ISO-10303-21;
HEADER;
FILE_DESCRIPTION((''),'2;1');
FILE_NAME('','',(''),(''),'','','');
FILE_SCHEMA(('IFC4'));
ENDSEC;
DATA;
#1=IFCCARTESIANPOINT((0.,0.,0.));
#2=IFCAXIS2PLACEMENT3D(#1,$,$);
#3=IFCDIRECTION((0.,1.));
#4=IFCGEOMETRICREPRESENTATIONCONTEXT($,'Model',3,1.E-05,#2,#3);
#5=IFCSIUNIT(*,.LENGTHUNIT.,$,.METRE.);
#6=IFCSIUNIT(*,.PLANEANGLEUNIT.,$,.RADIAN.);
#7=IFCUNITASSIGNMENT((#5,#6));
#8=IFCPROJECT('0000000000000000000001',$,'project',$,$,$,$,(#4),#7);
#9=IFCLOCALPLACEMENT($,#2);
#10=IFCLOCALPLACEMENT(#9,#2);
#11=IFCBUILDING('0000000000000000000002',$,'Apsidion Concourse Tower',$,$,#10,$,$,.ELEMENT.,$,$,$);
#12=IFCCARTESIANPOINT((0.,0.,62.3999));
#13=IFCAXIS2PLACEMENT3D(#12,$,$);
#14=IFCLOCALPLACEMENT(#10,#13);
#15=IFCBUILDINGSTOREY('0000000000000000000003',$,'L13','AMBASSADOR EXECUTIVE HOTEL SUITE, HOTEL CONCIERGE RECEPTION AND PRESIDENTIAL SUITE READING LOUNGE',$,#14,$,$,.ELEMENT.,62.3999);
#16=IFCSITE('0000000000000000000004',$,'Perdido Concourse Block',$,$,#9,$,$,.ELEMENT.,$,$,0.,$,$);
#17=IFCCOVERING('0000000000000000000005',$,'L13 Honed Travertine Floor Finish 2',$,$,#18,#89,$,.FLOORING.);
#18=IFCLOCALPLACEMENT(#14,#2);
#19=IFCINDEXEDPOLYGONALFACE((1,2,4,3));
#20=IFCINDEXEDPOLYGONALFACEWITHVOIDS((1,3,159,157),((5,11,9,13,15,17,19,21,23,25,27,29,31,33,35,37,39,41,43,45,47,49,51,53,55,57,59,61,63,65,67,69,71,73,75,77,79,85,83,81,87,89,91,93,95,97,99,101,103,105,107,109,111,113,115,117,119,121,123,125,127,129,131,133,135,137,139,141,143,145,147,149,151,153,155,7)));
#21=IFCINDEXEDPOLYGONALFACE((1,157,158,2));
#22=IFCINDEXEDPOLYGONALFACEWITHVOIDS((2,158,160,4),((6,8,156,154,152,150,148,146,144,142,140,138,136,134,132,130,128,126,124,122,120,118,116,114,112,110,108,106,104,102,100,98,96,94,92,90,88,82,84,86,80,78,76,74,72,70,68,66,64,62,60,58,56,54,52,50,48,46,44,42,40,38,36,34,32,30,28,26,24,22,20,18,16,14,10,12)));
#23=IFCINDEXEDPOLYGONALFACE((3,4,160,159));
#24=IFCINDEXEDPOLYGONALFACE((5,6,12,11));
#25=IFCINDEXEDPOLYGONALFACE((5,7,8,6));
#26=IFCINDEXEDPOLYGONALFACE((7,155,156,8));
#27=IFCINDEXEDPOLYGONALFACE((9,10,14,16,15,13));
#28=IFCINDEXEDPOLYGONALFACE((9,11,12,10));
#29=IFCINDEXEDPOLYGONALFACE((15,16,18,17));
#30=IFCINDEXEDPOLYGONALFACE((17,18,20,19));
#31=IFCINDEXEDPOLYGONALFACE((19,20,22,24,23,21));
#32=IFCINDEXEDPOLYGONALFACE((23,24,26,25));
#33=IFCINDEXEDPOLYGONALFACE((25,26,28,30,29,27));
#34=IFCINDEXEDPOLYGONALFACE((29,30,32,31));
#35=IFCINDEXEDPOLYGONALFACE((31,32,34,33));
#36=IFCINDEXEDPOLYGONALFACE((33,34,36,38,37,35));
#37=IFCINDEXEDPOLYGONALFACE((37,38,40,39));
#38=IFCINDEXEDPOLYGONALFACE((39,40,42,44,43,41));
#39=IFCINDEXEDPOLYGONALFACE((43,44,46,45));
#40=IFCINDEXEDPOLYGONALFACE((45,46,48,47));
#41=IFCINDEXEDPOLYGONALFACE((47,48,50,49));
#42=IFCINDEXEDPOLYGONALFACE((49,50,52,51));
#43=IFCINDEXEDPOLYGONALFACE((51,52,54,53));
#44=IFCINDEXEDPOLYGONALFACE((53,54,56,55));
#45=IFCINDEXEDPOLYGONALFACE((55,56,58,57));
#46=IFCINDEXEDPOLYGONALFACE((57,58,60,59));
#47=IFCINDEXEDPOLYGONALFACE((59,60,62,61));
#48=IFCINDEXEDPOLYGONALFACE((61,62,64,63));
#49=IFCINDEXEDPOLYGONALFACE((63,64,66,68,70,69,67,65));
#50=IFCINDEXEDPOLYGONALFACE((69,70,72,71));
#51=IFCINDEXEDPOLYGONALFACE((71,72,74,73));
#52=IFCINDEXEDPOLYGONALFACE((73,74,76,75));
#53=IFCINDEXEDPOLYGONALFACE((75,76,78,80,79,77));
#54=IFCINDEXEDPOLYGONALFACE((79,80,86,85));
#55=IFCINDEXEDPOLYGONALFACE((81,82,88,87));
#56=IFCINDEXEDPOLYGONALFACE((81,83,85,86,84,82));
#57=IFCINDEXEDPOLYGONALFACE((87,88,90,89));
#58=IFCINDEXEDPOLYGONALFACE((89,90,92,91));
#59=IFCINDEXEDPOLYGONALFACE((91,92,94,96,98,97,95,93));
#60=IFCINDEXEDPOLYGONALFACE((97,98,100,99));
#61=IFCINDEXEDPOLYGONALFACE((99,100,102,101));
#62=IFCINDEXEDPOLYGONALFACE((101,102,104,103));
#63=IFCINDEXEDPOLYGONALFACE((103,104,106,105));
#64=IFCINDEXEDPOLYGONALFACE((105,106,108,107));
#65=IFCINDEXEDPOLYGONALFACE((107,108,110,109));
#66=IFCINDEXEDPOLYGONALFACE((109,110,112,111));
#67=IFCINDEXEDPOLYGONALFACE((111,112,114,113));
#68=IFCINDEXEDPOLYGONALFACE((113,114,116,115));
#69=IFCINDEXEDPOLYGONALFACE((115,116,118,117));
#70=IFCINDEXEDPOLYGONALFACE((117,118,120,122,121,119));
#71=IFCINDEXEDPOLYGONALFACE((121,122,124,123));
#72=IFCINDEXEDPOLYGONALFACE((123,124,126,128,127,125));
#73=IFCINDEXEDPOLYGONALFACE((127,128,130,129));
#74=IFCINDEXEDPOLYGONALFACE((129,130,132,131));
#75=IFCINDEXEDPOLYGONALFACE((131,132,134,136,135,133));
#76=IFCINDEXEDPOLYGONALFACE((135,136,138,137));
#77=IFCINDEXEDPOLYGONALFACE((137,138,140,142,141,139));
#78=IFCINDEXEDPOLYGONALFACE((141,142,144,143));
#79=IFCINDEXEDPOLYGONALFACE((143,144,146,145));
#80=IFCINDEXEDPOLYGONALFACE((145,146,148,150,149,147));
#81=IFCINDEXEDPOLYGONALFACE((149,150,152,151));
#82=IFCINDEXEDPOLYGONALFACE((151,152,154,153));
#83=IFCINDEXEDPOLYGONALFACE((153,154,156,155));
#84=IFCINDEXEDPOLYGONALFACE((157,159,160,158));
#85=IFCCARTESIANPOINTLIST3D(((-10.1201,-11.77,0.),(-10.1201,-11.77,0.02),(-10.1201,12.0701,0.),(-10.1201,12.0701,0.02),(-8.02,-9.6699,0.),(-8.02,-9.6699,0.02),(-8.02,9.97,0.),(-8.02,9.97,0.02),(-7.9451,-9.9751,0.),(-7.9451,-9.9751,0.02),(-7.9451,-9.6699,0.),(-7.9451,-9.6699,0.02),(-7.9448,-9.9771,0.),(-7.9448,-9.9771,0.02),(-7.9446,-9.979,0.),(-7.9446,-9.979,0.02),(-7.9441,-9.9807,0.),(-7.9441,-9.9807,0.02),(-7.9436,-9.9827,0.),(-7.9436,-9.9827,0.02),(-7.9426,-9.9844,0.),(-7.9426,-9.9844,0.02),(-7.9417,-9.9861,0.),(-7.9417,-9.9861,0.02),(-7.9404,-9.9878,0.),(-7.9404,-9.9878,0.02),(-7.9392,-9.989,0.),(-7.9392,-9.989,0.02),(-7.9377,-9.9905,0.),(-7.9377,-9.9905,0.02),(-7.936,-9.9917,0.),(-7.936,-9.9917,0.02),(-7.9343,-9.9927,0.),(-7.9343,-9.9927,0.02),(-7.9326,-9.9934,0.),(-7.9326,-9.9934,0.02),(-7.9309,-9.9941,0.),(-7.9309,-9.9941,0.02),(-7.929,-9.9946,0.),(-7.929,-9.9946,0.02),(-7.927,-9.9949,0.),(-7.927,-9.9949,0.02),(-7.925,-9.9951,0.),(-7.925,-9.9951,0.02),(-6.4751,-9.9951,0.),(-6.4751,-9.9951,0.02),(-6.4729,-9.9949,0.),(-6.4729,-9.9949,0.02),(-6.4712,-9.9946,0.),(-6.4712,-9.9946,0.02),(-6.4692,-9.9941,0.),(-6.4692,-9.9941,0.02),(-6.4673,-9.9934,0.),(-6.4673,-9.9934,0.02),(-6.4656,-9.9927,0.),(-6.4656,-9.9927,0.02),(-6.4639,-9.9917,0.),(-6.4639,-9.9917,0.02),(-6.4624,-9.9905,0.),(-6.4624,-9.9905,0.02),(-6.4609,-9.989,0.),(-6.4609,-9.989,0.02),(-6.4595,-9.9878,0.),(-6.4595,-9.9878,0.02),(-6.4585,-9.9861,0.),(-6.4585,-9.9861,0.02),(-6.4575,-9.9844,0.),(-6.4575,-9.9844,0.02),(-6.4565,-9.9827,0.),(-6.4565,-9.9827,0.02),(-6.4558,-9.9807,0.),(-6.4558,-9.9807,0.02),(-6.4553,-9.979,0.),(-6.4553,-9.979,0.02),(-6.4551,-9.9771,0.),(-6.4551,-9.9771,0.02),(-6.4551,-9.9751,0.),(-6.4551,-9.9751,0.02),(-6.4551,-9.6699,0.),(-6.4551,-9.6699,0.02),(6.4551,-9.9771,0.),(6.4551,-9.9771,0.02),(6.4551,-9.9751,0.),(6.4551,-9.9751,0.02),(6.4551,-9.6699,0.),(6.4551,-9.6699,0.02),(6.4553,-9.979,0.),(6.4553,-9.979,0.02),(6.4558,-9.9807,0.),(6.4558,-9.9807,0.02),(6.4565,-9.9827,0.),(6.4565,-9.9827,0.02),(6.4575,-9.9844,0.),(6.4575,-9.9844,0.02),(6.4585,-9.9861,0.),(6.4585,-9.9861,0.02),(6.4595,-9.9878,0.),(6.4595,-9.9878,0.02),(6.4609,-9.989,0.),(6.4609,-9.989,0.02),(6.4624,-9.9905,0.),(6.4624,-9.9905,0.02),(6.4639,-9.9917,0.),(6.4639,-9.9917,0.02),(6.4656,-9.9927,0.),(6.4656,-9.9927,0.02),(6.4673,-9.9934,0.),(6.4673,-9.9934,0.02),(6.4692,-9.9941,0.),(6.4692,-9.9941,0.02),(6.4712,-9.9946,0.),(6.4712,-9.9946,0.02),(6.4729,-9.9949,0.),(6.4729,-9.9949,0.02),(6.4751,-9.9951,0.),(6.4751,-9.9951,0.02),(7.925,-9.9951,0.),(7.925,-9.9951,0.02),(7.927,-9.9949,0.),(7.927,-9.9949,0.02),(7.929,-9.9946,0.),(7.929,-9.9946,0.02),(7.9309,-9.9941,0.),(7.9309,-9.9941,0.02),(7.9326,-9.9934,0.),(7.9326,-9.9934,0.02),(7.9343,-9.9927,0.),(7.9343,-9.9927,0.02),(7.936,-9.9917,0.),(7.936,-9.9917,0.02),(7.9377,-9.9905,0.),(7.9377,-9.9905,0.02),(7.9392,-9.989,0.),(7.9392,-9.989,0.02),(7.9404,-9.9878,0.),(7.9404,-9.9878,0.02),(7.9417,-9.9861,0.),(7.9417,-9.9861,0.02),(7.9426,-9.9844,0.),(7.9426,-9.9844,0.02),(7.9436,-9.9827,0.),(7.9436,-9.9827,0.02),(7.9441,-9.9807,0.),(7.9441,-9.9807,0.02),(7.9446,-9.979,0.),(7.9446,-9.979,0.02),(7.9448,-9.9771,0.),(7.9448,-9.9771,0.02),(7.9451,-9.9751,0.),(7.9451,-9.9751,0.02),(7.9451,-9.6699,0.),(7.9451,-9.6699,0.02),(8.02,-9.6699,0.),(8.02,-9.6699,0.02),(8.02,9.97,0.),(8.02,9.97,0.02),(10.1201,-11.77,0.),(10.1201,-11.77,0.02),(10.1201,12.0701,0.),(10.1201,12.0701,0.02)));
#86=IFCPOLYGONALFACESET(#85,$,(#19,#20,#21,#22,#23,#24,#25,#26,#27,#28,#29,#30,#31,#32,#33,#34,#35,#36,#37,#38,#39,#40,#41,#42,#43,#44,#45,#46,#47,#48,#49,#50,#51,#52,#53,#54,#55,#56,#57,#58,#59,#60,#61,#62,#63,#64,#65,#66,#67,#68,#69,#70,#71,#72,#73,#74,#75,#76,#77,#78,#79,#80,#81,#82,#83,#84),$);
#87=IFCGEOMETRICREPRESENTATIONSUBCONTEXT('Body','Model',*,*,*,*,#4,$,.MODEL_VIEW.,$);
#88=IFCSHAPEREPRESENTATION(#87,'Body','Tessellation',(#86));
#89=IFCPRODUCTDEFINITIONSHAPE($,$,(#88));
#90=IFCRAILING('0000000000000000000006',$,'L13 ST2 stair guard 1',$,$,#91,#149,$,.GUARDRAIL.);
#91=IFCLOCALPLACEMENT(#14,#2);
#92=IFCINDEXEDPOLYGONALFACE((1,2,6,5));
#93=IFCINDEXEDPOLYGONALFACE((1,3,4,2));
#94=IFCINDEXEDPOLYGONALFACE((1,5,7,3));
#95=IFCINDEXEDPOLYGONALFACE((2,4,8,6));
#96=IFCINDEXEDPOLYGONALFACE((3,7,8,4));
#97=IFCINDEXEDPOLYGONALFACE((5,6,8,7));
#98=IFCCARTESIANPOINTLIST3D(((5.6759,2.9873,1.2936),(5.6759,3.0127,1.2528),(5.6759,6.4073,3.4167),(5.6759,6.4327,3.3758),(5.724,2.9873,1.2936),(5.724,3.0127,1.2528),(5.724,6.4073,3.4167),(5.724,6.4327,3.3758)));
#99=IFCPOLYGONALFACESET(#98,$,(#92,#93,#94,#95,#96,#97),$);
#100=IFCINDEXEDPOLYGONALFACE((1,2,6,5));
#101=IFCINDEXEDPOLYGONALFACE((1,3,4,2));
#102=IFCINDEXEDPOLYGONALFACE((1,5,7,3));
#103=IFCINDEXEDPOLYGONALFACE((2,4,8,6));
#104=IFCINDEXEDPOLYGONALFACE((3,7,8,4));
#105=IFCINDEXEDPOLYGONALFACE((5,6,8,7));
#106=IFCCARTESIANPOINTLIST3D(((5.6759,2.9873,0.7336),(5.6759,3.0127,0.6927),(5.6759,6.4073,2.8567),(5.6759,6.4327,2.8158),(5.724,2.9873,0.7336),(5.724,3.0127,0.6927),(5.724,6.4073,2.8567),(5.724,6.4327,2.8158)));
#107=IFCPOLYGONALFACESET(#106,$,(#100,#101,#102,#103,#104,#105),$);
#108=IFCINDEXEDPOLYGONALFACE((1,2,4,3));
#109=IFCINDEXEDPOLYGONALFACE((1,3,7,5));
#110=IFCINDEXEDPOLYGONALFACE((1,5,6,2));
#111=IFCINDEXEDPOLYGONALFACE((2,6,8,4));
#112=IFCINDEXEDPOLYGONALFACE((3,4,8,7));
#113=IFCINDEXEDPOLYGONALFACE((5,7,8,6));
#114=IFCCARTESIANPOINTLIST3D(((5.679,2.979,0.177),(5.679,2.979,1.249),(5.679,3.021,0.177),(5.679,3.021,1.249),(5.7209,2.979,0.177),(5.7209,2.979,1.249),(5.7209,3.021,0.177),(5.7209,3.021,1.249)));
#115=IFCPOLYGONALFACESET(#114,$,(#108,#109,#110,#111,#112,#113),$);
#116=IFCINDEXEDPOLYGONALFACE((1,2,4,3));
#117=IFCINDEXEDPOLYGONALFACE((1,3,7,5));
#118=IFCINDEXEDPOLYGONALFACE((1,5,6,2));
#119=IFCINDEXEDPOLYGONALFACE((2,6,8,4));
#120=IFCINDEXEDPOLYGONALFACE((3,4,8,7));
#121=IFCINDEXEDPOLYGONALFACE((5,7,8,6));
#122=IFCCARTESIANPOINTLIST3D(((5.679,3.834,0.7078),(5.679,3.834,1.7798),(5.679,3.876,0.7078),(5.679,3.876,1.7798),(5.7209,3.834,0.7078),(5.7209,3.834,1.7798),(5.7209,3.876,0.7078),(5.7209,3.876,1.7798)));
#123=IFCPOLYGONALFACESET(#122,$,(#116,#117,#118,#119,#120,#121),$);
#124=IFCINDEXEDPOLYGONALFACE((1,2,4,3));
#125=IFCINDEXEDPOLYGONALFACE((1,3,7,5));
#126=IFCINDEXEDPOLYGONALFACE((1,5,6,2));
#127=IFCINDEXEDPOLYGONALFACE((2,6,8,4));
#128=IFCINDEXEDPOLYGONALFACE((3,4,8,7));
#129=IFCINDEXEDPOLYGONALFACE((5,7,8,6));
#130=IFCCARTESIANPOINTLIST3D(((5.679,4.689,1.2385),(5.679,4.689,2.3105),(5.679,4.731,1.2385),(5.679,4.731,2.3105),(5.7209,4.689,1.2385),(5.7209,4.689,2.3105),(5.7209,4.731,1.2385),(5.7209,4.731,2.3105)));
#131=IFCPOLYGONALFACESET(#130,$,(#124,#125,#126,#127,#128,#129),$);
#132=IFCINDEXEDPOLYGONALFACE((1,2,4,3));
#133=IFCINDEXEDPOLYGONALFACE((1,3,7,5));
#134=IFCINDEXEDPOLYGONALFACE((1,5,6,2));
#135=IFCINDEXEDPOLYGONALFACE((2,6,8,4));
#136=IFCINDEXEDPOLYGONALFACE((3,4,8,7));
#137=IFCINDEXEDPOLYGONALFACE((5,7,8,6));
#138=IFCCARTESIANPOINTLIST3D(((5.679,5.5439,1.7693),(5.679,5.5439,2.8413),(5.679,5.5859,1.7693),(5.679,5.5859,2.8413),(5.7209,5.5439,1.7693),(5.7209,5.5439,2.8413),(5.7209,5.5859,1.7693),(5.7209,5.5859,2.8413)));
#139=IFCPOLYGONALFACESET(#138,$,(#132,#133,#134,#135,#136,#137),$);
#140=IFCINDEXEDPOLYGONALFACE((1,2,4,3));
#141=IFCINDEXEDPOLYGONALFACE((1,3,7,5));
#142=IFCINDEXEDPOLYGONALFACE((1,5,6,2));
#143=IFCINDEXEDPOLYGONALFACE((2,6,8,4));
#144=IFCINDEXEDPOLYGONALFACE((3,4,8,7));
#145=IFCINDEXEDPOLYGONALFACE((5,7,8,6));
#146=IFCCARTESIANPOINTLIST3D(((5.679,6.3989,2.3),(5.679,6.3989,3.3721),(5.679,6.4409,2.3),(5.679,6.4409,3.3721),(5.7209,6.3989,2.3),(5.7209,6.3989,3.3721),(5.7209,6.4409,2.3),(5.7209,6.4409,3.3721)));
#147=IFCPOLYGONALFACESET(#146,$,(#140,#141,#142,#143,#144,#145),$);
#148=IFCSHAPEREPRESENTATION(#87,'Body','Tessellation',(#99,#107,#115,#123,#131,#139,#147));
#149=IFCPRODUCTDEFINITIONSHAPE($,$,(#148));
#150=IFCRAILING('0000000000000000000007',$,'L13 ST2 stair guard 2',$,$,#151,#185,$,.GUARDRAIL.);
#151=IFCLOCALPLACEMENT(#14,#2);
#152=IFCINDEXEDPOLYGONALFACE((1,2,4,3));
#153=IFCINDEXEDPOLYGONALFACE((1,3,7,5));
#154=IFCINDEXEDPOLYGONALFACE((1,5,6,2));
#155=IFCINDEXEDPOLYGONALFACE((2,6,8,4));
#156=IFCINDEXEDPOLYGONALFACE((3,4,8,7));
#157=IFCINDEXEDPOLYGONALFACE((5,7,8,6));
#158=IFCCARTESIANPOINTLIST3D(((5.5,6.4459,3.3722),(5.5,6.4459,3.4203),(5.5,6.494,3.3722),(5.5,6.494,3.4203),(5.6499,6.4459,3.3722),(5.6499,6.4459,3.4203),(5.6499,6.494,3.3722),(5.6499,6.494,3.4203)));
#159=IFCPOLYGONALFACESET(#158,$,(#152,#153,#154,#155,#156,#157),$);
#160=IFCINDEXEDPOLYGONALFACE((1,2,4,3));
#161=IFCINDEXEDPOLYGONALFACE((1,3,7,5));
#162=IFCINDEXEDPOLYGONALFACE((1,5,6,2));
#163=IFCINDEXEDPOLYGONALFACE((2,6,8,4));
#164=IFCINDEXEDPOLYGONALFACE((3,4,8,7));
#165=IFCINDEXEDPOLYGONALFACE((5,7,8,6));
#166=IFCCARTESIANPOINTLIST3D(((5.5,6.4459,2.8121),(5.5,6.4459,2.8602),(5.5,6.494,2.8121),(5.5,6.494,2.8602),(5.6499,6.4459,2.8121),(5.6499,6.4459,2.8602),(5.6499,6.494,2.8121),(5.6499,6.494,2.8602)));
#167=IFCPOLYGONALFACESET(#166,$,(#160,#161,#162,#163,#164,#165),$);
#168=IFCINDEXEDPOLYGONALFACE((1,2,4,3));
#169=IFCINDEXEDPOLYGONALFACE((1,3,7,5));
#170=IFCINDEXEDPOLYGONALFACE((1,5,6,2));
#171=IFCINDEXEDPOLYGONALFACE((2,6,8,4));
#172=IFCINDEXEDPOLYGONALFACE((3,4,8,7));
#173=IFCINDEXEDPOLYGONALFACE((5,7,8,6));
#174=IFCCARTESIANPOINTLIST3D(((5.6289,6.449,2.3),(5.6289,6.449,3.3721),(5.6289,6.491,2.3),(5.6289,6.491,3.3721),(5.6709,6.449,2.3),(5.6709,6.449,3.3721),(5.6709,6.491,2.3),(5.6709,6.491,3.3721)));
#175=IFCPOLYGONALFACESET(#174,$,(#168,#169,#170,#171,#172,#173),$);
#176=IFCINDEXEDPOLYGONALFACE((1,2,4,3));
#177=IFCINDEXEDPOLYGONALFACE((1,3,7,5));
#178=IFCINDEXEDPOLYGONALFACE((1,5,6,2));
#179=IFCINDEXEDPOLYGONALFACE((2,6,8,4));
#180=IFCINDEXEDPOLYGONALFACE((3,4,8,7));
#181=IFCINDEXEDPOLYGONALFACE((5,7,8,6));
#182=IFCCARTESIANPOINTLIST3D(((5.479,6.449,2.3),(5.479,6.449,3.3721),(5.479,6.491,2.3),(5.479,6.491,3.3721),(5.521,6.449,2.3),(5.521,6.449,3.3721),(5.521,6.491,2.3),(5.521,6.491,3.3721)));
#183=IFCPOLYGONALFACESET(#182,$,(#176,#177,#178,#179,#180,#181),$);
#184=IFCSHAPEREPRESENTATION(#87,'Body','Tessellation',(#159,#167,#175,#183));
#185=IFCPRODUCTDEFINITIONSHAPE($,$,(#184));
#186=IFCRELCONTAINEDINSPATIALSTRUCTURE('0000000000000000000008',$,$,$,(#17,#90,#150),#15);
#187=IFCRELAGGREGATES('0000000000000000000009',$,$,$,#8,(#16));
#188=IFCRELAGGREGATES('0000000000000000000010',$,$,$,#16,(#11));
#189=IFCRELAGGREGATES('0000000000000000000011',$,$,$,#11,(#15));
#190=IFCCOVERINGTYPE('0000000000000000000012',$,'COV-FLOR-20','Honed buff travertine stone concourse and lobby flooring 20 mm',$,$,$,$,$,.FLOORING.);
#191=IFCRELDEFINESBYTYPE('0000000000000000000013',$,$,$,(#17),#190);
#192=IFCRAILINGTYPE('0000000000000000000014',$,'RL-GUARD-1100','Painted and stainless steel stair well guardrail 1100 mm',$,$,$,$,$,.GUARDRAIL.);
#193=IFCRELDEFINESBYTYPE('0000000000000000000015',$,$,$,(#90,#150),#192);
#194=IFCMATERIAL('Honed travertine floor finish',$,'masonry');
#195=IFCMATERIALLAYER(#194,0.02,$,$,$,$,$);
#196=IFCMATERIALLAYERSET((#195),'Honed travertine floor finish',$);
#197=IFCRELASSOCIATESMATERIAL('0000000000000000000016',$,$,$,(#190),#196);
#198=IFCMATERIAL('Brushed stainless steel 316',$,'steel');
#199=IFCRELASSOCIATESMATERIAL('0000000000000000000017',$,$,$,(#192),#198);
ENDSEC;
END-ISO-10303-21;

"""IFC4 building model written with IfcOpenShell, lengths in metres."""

from ifc_helpers import new_model, si_unit, direction, frame, origin, origin_2d, place, context, subcontext, project, spatial, polyline, rectangle, outline, extrude, material, layer, layer_set, type_object, element, save


model = new_model("IFC4")

# Units and contexts
model_context = context("Model", 3, precision=1e-05, world=origin(), true_north=direction((0.0, 1.0)))
body_context = subcontext(model_context, "Body", "Model", "MODEL_VIEW")
ifc_project = project(units=[si_unit("LENGTHUNIT", "METRE"), si_unit("PLANEANGLEUNIT", "RADIAN")], contexts=[model_context])

# Site, building, storey
site_placement = place(None, origin())
site = spatial("IfcSite", under=ifc_project, at=site_placement, Name="Perdido Concourse Block", CompositionType="ELEMENT", RefElevation=0.0)
building_placement = place(site_placement, origin())
building = spatial("IfcBuilding", under=site, at=building_placement, Name="Apsidion Concourse Tower", CompositionType="ELEMENT")
storey_placement = place(building_placement, frame((0.0, 0.0, 62.3999)))
storey = spatial("IfcBuildingStorey", under=building, at=storey_placement, Name="L13", Description="AMBASSADOR EXECUTIVE HOTEL SUITE, HOTEL CONCIERGE RECEPTION AND PRESIDENTIAL SUITE READING LOUNGE", CompositionType="ELEMENT", Elevation=62.3999)

# Covering
ifc_material_1 = material(Name="Honed travertine floor finish", Category="masonry")
ifc_layer_1 = layer(ifc_material_1, 0.02)
ifc_layer_set_1 = layer_set([ifc_layer_1], Name="Honed travertine floor finish")
covering_type = type_object("IfcCoveringType", Name="COV-FLOR-20", Description="Honed buff travertine stone concourse and lobby flooring 20 mm", PredefinedType="FLOORING", material=ifc_layer_set_1)
covering_placement = place(storey_placement, origin())
element("IfcCovering", 1, at=covering_placement, inside=storey, type_object=covering_type, Name="L13 Honed Travertine Floor Finish 2", PredefinedType="FLOORING", context=body_context, shape_type="SweptSolid", body=[
    extrude(outline(polyline([(10.1201, 12.0701), (10.1201, -11.77), (-10.1201, -11.77), (-10.1201, 12.0701), (10.1201, 12.0701)]), holes=[polyline([(-8.02, -9.6699), (-7.9451, -9.6699), (-7.9451, -9.9751), (-7.9448, -9.9771), (-7.9446, -9.979), (-7.9441, -9.9807), (-7.9436, -9.9827), (-7.9426, -9.9844), (-7.9417, -9.9861), (-7.9404, -9.9878), (-7.9392, -9.989), (-7.9377, -9.9905), (-7.936, -9.9917), (-7.9343, -9.9927), (-7.9326, -9.9934), (-7.9309, -9.9941), (-7.929, -9.9946), (-7.927, -9.9949), (-7.925, -9.9951), (-6.4751, -9.9951), (-6.4729, -9.9949), (-6.4712, -9.9946), (-6.4692, -9.9941), (-6.4673, -9.9934), (-6.4656, -9.9927), (-6.4639, -9.9917), (-6.4624, -9.9905), (-6.4609, -9.989), (-6.4595, -9.9878), (-6.4585, -9.9861), (-6.4575, -9.9844), (-6.4565, -9.9827), (-6.4558, -9.9807), (-6.4553, -9.979), (-6.4551, -9.9771), (-6.4551, -9.9751), (-6.4551, -9.6699), (6.4551, -9.6699), (6.4551, -9.9751), (6.4551, -9.9771), (6.4553, -9.979), (6.4558, -9.9807), (6.4565, -9.9827), (6.4575, -9.9844), (6.4585, -9.9861), (6.4595, -9.9878), (6.4609, -9.989), (6.4624, -9.9905), (6.4639, -9.9917), (6.4656, -9.9927), (6.4673, -9.9934), (6.4692, -9.9941), (6.4712, -9.9946), (6.4729, -9.9949), (6.4751, -9.9951), (7.925, -9.9951), (7.927, -9.9949), (7.929, -9.9946), (7.9309, -9.9941), (7.9326, -9.9934), (7.9343, -9.9927), (7.936, -9.9917), (7.9377, -9.9905), (7.9392, -9.989), (7.9404, -9.9878), (7.9417, -9.9861), (7.9426, -9.9844), (7.9436, -9.9827), (7.9441, -9.9807), (7.9446, -9.979), (7.9448, -9.9771), (7.9451, -9.9751), (7.9451, -9.6699), (8.02, -9.6699), (8.02, 9.97), (-8.02, 9.97), (-8.02, -9.6699)])]), origin(), (0.0, 0.0, 1.0), 0.02),
])

# Railings
ifc_material_2 = material(Name="Brushed stainless steel 316", Category="steel")
railing_type_1 = type_object("IfcRailingType", Name="RL-GUARD-1100", Description="Painted and stainless steel stair well guardrail 1100 mm", PredefinedType="GUARDRAIL", material=ifc_material_2)
railing_1_placement = place(storey_placement, frame((5.7, 3.0, 0.177)))
element("IfcRailing", 2, at=railing_1_placement, inside=storey, type_object=railing_type_1, Name="L13 ST2 stair guard 1", PredefinedType="GUARDRAIL", context=body_context, shape_type="SweptSolid", body=[
    extrude(rectangle(XDim=0.0481, YDim=0.0481, at=origin_2d()), frame((0.0, 0.0, 1.0962), z_axis=(0.0, 0.849603, 0.527423), x_axis=(-1.0, 0.0, 0.0)), (0.0, 0.0, 1.0), 4.0254),
    extrude(rectangle(XDim=0.0481, YDim=0.0481, at=origin_2d()), frame((0.0, 0.0, 0.5361), z_axis=(0.0, 0.849603, 0.527423), x_axis=(-1.0, 0.0, 0.0)), (0.0, 0.0, 1.0), 4.0254),
    extrude(rectangle(XDim=0.042, YDim=0.042, at=origin_2d()), origin(), (0.0, 0.0, 1.0), 1.072),
    extrude(rectangle(XDim=0.042, YDim=0.042, at=origin_2d()), frame((0.0, 0.855, 0.5308)), (0.0, 0.0, 1.0), 1.072),
    extrude(rectangle(XDim=0.042, YDim=0.042, at=origin_2d()), frame((0.0, 1.71, 1.0615)), (0.0, 0.0, 1.0), 1.072),
    extrude(rectangle(XDim=0.042, YDim=0.042, at=origin_2d()), frame((0.0, 2.5649, 1.5923)), (0.0, 0.0, 1.0), 1.072),
    extrude(rectangle(XDim=0.042, YDim=0.042, at=origin_2d()), frame((0.0, 3.4199, 2.123)), (0.0, 0.0, 1.0), 1.072),
])
railing_2_placement = place(storey_placement, frame((5.6499, 6.47, 2.3)))
element("IfcRailing", 3, at=railing_2_placement, inside=storey, type_object=railing_type_1, Name="L13 ST2 stair guard 2", PredefinedType="GUARDRAIL", context=body_context, shape_type="SweptSolid", body=[
    extrude(rectangle(XDim=0.0481, YDim=0.0481, at=origin_2d()), frame((0.0, 0.0, 1.0962), z_axis=(-1.0, 0.0, 0.0), x_axis=(0.0, -1.0, 0.0)), (0.0, 0.0, 1.0), 0.1499),
    extrude(rectangle(XDim=0.0481, YDim=0.0481, at=origin_2d()), frame((0.0, 0.0, 0.5361), z_axis=(-1.0, 0.0, 0.0), x_axis=(0.0, -1.0, 0.0)), (0.0, 0.0, 1.0), 0.1499),
    extrude(rectangle(XDim=0.042, YDim=0.042, at=origin_2d()), origin(), (0.0, 0.0, 1.0), 1.072),
    extrude(rectangle(XDim=0.042, YDim=0.042, at=origin_2d()), frame((-0.1499, 0.0, 0.0)), (0.0, 0.0, 1.0), 1.072),
])

save(model, "model.ifc")
